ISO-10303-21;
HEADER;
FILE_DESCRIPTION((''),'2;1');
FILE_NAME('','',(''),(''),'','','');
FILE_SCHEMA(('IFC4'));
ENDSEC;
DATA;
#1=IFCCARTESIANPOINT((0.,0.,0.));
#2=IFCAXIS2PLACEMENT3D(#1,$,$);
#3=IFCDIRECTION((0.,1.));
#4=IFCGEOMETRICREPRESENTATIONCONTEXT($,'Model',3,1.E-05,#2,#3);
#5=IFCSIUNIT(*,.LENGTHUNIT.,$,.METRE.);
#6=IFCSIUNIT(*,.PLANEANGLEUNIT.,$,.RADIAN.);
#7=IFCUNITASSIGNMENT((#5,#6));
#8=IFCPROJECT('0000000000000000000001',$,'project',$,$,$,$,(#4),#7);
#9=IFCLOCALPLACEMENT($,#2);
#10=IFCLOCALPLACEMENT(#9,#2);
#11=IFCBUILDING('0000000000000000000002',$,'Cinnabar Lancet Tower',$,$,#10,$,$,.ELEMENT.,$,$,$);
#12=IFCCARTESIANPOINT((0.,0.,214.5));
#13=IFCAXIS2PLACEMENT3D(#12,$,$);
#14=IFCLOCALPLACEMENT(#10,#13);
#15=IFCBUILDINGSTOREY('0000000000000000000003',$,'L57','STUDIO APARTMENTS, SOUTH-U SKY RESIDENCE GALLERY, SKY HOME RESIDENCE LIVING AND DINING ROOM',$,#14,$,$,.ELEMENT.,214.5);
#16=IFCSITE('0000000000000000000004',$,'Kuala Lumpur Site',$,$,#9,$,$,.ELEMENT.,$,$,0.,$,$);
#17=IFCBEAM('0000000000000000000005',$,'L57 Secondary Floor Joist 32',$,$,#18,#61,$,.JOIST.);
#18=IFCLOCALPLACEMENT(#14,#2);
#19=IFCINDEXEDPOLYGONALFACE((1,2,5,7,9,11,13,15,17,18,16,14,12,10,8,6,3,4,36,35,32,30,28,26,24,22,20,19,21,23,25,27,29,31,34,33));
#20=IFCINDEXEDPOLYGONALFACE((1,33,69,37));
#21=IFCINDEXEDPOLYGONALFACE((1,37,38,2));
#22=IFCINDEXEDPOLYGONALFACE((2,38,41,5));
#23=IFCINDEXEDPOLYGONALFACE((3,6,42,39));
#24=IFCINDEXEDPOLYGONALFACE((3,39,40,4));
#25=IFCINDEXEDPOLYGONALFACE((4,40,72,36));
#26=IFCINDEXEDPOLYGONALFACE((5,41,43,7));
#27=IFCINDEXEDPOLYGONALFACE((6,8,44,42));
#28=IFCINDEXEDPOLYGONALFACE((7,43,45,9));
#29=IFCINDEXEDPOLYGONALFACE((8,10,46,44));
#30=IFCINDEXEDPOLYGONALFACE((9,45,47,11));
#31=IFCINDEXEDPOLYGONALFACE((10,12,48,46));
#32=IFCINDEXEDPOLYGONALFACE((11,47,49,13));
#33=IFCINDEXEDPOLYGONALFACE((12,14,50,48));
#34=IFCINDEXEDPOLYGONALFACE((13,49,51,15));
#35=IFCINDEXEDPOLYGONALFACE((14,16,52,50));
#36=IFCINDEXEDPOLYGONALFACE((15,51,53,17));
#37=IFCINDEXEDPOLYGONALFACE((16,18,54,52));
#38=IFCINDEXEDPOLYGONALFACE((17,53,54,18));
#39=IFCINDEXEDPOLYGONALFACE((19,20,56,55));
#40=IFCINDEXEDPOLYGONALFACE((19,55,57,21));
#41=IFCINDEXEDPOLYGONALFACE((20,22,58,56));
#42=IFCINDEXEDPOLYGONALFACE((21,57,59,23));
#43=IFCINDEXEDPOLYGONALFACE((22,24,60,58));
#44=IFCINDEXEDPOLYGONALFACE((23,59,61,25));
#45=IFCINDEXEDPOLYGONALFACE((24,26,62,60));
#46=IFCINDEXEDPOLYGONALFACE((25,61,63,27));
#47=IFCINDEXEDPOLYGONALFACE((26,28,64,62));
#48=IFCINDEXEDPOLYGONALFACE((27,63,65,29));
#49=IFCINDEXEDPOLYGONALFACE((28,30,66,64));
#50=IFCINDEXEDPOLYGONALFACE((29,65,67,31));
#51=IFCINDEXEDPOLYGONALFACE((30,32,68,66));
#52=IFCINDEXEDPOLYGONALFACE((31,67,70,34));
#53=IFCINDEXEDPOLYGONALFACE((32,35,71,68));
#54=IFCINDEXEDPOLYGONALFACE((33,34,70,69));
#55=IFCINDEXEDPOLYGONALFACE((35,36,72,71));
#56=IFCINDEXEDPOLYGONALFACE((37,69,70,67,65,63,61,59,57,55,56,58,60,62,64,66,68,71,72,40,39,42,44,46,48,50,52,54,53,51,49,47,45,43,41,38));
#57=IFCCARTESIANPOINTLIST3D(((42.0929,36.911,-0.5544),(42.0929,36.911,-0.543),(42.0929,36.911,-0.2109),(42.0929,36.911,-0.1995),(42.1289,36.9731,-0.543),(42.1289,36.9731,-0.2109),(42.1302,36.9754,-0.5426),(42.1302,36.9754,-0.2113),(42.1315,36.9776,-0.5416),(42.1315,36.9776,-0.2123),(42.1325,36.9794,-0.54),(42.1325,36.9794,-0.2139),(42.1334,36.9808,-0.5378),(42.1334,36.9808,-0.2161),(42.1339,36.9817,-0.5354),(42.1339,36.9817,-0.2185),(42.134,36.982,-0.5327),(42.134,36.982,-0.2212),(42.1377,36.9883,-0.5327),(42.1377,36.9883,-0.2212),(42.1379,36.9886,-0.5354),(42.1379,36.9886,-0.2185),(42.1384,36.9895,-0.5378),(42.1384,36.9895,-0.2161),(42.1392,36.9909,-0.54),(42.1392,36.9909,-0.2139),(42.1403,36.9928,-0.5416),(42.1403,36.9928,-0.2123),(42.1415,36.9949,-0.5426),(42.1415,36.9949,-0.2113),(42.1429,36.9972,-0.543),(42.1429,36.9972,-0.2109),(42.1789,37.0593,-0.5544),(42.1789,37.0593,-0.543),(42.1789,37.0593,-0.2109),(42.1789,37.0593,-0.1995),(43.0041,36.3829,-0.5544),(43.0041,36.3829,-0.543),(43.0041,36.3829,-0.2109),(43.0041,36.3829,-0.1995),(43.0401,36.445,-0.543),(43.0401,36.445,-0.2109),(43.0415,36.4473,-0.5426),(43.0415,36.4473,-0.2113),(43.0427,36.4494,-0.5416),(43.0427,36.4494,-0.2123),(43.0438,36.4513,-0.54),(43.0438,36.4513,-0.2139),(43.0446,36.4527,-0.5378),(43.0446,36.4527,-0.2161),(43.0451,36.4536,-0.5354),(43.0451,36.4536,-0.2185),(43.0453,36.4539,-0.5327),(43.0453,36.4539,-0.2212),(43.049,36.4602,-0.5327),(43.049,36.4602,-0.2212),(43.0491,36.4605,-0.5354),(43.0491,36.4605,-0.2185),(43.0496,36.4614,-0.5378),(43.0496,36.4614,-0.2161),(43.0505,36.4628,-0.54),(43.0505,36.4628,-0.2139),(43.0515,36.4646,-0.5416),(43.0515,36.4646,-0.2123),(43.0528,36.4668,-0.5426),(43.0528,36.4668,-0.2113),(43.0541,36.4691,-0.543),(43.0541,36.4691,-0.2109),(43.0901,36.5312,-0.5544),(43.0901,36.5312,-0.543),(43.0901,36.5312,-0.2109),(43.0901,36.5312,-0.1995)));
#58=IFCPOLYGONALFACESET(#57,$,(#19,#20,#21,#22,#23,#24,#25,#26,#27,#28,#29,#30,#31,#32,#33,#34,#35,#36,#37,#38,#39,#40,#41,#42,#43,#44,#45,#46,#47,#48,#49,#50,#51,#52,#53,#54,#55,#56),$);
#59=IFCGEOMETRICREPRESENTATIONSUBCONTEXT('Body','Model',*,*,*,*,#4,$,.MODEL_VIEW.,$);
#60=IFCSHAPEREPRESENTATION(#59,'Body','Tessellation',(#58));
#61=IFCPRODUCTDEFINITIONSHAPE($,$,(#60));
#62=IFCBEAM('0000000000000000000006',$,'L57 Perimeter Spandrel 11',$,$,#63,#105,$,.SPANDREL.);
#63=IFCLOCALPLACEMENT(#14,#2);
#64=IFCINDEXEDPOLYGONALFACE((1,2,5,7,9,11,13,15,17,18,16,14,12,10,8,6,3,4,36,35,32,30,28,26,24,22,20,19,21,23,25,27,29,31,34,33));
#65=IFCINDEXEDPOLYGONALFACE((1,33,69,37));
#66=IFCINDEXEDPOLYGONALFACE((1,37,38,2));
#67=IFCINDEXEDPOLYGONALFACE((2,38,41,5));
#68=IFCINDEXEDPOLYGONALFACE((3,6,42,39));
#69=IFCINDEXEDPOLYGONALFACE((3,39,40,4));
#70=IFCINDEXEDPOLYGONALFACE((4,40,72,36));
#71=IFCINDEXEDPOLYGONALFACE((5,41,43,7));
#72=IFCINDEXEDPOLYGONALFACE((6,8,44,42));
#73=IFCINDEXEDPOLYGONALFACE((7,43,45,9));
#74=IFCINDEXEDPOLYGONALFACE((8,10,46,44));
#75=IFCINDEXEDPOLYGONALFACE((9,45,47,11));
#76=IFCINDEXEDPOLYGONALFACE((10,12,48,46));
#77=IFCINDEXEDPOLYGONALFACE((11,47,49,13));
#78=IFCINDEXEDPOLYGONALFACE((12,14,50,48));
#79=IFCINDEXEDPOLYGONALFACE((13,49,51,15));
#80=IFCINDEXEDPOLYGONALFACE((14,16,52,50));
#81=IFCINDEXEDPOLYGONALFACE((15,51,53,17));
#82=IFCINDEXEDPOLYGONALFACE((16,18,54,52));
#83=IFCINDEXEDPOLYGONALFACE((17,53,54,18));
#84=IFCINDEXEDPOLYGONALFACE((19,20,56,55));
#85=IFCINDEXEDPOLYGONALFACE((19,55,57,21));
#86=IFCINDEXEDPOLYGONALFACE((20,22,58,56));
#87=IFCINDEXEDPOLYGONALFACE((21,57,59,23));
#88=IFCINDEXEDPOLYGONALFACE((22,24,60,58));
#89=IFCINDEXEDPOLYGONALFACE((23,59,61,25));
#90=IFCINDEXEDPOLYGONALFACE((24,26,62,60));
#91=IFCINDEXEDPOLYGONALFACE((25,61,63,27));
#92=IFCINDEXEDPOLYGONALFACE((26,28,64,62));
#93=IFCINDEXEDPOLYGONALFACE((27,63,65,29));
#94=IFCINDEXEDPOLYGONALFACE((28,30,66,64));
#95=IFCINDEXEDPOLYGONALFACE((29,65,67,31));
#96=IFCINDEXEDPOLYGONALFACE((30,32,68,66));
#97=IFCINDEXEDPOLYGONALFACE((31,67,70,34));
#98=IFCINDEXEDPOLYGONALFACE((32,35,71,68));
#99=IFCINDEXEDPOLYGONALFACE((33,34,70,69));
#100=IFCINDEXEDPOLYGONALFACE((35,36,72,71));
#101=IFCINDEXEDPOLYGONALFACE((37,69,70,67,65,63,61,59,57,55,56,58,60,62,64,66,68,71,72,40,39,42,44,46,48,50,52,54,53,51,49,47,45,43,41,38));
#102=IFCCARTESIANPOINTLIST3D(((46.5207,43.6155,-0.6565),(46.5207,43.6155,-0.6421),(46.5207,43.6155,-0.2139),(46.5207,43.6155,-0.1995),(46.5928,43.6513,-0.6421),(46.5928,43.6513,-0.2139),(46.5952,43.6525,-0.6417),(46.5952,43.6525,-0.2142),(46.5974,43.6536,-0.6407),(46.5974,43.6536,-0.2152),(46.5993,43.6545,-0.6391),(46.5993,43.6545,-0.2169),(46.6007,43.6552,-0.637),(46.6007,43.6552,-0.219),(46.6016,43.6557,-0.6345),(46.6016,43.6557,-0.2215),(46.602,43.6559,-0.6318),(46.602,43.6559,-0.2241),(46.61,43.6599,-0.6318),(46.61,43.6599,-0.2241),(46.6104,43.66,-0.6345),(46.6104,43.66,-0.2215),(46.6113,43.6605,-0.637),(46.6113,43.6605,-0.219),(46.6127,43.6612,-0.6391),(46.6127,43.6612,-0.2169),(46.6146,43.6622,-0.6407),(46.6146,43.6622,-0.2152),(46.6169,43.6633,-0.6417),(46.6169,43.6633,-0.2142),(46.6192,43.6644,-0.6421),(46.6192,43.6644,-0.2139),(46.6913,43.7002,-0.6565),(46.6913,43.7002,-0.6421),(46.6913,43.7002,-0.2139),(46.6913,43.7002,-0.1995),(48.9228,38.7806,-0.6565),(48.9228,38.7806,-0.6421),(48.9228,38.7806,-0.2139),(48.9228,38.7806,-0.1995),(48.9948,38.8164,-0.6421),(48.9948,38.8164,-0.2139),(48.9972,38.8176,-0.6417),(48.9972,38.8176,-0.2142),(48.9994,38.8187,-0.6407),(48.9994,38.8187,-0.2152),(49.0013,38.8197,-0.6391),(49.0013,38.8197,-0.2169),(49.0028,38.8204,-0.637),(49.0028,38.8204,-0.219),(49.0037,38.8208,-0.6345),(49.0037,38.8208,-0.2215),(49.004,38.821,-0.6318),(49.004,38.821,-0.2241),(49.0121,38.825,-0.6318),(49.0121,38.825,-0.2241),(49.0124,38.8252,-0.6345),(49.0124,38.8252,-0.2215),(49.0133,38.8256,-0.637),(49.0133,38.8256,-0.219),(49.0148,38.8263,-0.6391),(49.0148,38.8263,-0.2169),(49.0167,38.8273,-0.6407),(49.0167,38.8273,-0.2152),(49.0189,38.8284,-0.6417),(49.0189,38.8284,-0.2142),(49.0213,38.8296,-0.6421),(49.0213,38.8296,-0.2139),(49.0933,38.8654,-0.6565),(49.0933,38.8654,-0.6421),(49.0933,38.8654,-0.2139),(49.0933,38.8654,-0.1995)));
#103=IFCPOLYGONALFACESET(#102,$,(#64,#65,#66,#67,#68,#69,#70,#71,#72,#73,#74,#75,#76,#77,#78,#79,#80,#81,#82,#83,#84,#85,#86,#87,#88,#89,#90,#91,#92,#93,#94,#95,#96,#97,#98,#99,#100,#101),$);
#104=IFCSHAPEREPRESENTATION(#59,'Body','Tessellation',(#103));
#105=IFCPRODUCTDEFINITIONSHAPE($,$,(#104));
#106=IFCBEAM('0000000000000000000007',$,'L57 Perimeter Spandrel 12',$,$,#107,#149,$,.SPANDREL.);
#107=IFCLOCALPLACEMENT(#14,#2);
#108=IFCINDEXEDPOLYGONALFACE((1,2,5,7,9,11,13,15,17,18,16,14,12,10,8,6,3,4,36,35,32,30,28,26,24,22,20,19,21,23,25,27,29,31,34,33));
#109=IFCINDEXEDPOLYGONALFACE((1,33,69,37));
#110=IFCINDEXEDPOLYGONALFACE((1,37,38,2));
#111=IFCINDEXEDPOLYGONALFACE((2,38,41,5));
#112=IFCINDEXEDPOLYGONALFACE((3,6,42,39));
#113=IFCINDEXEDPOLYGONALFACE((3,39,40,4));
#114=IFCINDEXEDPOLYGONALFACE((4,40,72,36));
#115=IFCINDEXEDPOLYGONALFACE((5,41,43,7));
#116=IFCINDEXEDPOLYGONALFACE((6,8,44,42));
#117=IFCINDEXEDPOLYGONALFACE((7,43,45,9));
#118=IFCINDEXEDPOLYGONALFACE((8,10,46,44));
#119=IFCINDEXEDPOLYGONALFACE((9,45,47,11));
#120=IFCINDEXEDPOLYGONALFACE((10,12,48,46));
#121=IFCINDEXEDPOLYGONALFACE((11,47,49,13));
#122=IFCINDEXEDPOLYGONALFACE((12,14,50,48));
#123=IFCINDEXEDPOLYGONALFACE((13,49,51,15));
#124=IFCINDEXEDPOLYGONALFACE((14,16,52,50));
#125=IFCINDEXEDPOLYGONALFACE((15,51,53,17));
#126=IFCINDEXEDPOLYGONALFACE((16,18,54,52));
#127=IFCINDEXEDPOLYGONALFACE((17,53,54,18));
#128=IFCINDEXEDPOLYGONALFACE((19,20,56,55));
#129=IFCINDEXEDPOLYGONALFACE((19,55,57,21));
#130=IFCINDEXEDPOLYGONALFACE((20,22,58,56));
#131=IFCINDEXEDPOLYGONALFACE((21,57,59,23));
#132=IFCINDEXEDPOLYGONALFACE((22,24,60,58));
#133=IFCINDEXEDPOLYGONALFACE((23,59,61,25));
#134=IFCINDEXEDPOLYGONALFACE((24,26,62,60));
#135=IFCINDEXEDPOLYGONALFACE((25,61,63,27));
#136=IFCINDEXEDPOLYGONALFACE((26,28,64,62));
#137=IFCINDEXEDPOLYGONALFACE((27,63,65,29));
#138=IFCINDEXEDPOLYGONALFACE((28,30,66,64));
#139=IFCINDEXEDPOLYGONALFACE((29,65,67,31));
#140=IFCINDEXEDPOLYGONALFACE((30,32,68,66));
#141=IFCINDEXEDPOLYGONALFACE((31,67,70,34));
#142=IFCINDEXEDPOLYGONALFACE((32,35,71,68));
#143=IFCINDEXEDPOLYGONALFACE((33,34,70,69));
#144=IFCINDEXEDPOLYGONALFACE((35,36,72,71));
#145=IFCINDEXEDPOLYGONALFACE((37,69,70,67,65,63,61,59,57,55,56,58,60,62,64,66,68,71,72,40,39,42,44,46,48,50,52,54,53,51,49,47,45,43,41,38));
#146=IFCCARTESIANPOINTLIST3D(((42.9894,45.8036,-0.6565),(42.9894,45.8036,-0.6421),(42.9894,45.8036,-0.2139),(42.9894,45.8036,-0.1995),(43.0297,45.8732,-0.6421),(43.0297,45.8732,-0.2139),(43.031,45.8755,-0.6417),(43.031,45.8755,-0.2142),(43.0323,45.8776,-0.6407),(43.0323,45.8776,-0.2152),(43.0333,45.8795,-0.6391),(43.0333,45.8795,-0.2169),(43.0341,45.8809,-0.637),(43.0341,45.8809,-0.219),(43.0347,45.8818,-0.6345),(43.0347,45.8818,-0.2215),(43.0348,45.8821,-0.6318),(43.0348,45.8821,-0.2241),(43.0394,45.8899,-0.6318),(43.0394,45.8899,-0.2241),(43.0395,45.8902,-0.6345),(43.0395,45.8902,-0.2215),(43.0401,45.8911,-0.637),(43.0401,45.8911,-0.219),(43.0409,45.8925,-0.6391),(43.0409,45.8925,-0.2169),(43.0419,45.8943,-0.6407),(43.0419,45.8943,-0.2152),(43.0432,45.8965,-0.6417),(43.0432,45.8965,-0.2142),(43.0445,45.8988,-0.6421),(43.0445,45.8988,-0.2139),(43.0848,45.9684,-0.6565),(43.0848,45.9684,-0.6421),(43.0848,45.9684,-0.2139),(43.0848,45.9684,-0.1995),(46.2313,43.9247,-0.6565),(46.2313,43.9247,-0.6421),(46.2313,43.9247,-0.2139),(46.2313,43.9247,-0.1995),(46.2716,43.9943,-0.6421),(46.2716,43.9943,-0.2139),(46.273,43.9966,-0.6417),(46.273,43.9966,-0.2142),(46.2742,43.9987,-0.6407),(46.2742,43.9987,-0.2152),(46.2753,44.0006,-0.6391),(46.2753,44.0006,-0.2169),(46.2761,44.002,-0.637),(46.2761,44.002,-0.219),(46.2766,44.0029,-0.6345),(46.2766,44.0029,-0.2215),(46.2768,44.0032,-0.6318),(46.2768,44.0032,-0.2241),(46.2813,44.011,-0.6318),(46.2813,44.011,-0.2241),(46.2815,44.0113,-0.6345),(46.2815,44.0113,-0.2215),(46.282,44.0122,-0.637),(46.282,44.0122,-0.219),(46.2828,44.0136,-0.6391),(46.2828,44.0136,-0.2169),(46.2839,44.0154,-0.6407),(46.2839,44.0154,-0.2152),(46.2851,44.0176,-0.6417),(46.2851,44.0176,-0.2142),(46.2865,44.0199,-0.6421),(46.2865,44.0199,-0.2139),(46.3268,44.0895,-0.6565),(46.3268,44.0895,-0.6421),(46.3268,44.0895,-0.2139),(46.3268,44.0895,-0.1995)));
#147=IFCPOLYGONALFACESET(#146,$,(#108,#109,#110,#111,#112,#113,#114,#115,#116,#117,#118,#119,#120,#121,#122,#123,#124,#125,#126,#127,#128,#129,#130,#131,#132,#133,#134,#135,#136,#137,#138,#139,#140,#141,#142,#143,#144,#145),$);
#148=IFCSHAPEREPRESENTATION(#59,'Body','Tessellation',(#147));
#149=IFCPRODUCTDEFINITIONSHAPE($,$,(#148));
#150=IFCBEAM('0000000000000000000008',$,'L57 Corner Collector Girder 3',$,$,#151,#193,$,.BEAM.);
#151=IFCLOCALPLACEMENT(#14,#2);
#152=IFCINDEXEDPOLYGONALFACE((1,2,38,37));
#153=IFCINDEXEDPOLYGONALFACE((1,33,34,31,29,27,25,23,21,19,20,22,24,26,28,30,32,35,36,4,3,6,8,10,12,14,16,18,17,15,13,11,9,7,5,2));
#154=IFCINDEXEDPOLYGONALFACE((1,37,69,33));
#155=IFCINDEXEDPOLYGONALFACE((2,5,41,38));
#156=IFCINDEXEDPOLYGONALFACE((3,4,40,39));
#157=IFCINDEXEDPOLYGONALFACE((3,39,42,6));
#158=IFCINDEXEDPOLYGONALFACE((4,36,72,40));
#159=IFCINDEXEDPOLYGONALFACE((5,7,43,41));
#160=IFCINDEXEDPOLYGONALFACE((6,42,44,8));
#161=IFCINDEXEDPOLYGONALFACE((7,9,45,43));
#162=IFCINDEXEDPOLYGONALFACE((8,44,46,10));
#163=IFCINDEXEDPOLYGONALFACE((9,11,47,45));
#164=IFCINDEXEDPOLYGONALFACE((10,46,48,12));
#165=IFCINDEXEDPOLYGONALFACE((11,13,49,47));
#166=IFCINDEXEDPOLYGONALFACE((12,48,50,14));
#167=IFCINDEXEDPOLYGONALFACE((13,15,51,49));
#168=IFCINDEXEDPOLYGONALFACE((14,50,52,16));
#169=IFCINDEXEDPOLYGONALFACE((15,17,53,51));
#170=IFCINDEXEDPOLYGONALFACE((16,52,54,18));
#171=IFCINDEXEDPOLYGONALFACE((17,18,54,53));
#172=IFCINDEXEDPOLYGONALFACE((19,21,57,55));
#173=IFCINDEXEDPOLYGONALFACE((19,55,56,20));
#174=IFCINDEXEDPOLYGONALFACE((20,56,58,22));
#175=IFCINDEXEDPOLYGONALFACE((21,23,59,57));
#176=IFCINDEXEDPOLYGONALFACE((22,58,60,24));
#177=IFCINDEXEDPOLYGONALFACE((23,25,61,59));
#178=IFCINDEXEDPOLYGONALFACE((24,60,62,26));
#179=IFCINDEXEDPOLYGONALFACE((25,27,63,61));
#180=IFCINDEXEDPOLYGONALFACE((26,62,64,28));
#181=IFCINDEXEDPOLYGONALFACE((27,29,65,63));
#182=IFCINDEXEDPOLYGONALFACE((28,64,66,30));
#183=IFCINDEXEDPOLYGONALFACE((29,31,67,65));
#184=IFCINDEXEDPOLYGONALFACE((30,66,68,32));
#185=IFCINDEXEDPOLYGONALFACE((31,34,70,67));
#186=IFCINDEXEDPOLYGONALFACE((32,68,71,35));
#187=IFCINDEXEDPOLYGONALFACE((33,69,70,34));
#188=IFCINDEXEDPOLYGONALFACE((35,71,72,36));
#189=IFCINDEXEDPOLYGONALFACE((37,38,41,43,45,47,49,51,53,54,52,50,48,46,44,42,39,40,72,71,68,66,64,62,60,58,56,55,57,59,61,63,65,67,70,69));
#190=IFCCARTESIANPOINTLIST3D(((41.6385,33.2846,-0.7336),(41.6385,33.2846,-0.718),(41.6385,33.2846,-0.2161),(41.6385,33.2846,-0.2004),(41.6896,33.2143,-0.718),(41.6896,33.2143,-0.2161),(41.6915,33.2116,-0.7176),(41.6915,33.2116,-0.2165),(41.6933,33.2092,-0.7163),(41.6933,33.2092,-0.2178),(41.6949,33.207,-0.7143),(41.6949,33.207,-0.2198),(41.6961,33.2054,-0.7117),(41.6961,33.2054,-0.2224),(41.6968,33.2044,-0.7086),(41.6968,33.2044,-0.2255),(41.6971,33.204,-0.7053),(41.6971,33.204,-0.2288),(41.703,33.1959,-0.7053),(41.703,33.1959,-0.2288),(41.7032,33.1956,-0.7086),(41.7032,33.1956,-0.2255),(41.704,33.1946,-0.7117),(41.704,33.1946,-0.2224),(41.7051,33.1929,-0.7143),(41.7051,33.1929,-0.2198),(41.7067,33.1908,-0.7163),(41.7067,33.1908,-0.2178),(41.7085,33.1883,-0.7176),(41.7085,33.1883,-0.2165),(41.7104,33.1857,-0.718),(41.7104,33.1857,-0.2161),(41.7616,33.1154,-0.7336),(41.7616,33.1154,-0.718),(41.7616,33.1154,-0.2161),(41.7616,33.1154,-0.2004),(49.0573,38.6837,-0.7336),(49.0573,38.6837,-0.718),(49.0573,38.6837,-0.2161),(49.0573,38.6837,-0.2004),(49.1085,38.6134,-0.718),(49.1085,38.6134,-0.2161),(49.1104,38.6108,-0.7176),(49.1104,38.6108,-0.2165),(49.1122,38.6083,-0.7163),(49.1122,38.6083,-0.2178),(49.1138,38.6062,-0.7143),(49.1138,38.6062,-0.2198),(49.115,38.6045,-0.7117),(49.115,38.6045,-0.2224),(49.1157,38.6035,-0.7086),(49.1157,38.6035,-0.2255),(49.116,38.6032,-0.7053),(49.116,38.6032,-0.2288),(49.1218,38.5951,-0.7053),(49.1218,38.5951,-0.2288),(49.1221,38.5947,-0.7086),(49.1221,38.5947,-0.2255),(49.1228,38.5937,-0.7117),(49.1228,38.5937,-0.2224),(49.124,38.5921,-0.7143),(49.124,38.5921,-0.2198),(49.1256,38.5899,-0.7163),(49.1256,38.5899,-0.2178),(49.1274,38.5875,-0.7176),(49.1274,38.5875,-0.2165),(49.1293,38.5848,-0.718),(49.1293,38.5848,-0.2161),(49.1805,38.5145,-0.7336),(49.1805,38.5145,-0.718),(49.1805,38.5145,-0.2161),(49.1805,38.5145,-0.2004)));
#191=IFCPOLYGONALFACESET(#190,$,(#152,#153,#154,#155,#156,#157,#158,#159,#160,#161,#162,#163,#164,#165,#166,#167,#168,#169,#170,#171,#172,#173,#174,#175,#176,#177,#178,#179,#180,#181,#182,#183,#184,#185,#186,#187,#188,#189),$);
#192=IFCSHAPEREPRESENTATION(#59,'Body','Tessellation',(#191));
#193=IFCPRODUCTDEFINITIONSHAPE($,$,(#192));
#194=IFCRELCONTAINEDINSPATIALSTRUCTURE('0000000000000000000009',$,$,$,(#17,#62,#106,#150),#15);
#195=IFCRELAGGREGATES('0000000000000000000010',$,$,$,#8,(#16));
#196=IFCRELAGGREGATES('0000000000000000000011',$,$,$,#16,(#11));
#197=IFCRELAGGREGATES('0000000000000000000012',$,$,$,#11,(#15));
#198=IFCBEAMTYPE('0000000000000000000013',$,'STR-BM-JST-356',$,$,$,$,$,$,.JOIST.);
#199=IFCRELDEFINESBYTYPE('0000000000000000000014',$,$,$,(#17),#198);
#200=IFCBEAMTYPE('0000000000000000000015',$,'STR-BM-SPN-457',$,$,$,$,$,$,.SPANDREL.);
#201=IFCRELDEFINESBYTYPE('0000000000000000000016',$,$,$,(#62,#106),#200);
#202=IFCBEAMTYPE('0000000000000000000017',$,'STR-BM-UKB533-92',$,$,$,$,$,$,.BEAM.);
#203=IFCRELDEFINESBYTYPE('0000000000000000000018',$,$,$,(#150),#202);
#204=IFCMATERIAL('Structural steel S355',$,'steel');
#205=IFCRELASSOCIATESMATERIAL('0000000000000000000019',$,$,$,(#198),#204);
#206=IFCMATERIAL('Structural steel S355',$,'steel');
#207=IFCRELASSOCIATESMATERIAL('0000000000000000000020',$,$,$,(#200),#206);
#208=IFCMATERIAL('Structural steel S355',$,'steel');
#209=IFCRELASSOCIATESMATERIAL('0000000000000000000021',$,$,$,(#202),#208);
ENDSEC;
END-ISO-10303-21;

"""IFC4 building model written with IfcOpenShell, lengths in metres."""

from ifc_helpers import new_model, si_unit, direction, frame, origin, origin_2d, place, context, subcontext, project, spatial, i_section, extrude, material, material_profile, profile_set, type_object, element, save


model = new_model("IFC4")

# Units and contexts
model_context = context("Model", 3, precision=1e-05, world=origin(), true_north=direction((0.0, 1.0)))
body_context = subcontext(model_context, "Body", "Model", "MODEL_VIEW")
ifc_project = project(units=[si_unit("LENGTHUNIT", "METRE"), si_unit("PLANEANGLEUNIT", "RADIAN")], contexts=[model_context])

# Site, building, storey
site_placement = place(None, origin())
site = spatial("IfcSite", under=ifc_project, at=site_placement, Name="Kuala Lumpur Site", CompositionType="ELEMENT", RefElevation=0.0)
building_placement = place(site_placement, origin())
building = spatial("IfcBuilding", under=site, at=building_placement, Name="Cinnabar Lancet Tower", CompositionType="ELEMENT")
storey_placement = place(building_placement, frame((0.0, 0.0, 214.5)))
storey = spatial("IfcBuildingStorey", under=building, at=storey_placement, Name="L57", Description="STUDIO APARTMENTS, SOUTH-U SKY RESIDENCE GALLERY, SKY HOME RESIDENCE LIVING AND DINING ROOM", CompositionType="ELEMENT", Elevation=214.5)

# Beams
ifc_material_1 = material(Name="Structural steel S355", Category="steel")
ifc_material_profile_1 = material_profile(ifc_material_1, i_section(OverallWidth=0.1714, OverallDepth=0.355, WebThickness=0.0073, FlangeThickness=0.0115, FilletRadius=0.0103, at=origin_2d()), Name="UKB 356x171x51")
ifc_profile_set_1 = profile_set([ifc_material_profile_1], Name="Structural steel S355")
beam_type_1 = type_object("IfcBeamType", Name="STR-BM-JST-356", PredefinedType="JOIST", material=ifc_profile_set_1)
beam_1_placement = place(storey_placement, frame((43.0471, 36.457, -0.377), z_axis=(-0.865188, 0.501447, 0.0), x_axis=(-0.501447, -0.865188, 0.0)))
element("IfcBeam", 1, at=beam_1_placement, inside=storey, type_object=beam_type_1, Name="L57 Secondary Floor Joist 32", PredefinedType="JOIST", context=body_context, shape_type="SweptSolid", body=[
    extrude(i_section(OverallWidth=0.1714, OverallDepth=0.355, WebThickness=0.0073, FlangeThickness=0.0115, FilletRadius=0.0103, at=origin_2d()), origin(), (0.0, 0.0, 1.0), 1.0532),
])
ifc_material_2 = material(Name="Structural steel S355", Category="steel")
ifc_material_profile_2 = material_profile(ifc_material_2, i_section(OverallWidth=0.1904, OverallDepth=0.457, WebThickness=0.009, FlangeThickness=0.0144, FilletRadius=0.0103, at=origin_2d()), Name="UKB 457x191x74")
ifc_profile_set_2 = profile_set([ifc_material_profile_2], Name="Structural steel S355")
beam_type_2 = type_object("IfcBeamType", Name="STR-BM-SPN-457", PredefinedType="SPANDREL", material=ifc_profile_set_2)
beam_2_placement = place(storey_placement, frame((49.0081, 38.823, -0.428), z_axis=(-0.444933, 0.895564, 0.0), x_axis=(-0.895564, -0.444933, 0.0)))
element("IfcBeam", 2, at=beam_2_placement, inside=storey, type_object=beam_type_2, Name="L57 Perimeter Spandrel 11", PredefinedType="SPANDREL", context=body_context, shape_type="SweptSolid", body=[
    extrude(i_section(OverallWidth=0.1904, OverallDepth=0.457, WebThickness=0.009, FlangeThickness=0.0144, FilletRadius=0.0103, at=origin_2d()), origin(), (0.0, 0.0, 1.0), 5.3987),
])
beam_3_placement = place(storey_placement, frame((46.2791, 44.0071, -0.428), z_axis=(-0.865196, 0.501434, 0.0), x_axis=(-0.501434, -0.865196, 0.0)))
element("IfcBeam", 3, at=beam_3_placement, inside=storey, type_object=beam_type_2, Name="L57 Perimeter Spandrel 12", PredefinedType="SPANDREL", context=body_context, shape_type="SweptSolid", body=[
    extrude(i_section(OverallWidth=0.1904, OverallDepth=0.457, WebThickness=0.009, FlangeThickness=0.0144, FilletRadius=0.0103, at=origin_2d()), origin(), (0.0, 0.0, 1.0), 3.7471),
])
ifc_material_3 = material(Name="Structural steel S355", Category="steel")
ifc_material_profile_3 = material_profile(ifc_material_3, i_section(OverallWidth=0.2092, OverallDepth=0.5332, WebThickness=0.01, FlangeThickness=0.0156, FilletRadius=0.0127, at=origin_2d()), Name="UKB 533x210x92")
ifc_profile_set_3 = profile_set([ifc_material_profile_3], Name="Structural steel S355")
beam_type_3 = type_object("IfcBeamType", Name="STR-BM-UKB533-92", PredefinedType="BEAM", material=ifc_profile_set_3)
beam_4_placement = place(storey_placement, frame((49.1189, 38.5991, -0.467), z_axis=(-0.808551, -0.588426, 0.0), x_axis=(0.588426, -0.808551, 0.0)))
element("IfcBeam", 4, at=beam_4_placement, inside=storey, type_object=beam_type_3, Name="L57 Corner Collector Girder 3", PredefinedType="BEAM", context=body_context, shape_type="SweptSolid", body=[
    extrude(i_section(OverallWidth=0.2092, OverallDepth=0.5332, WebThickness=0.01, FlangeThickness=0.0156, FilletRadius=0.0127, at=origin_2d()), origin(), (0.0, 0.0, 1.0), 9.1755),
])

save(model, "model.ifc")
